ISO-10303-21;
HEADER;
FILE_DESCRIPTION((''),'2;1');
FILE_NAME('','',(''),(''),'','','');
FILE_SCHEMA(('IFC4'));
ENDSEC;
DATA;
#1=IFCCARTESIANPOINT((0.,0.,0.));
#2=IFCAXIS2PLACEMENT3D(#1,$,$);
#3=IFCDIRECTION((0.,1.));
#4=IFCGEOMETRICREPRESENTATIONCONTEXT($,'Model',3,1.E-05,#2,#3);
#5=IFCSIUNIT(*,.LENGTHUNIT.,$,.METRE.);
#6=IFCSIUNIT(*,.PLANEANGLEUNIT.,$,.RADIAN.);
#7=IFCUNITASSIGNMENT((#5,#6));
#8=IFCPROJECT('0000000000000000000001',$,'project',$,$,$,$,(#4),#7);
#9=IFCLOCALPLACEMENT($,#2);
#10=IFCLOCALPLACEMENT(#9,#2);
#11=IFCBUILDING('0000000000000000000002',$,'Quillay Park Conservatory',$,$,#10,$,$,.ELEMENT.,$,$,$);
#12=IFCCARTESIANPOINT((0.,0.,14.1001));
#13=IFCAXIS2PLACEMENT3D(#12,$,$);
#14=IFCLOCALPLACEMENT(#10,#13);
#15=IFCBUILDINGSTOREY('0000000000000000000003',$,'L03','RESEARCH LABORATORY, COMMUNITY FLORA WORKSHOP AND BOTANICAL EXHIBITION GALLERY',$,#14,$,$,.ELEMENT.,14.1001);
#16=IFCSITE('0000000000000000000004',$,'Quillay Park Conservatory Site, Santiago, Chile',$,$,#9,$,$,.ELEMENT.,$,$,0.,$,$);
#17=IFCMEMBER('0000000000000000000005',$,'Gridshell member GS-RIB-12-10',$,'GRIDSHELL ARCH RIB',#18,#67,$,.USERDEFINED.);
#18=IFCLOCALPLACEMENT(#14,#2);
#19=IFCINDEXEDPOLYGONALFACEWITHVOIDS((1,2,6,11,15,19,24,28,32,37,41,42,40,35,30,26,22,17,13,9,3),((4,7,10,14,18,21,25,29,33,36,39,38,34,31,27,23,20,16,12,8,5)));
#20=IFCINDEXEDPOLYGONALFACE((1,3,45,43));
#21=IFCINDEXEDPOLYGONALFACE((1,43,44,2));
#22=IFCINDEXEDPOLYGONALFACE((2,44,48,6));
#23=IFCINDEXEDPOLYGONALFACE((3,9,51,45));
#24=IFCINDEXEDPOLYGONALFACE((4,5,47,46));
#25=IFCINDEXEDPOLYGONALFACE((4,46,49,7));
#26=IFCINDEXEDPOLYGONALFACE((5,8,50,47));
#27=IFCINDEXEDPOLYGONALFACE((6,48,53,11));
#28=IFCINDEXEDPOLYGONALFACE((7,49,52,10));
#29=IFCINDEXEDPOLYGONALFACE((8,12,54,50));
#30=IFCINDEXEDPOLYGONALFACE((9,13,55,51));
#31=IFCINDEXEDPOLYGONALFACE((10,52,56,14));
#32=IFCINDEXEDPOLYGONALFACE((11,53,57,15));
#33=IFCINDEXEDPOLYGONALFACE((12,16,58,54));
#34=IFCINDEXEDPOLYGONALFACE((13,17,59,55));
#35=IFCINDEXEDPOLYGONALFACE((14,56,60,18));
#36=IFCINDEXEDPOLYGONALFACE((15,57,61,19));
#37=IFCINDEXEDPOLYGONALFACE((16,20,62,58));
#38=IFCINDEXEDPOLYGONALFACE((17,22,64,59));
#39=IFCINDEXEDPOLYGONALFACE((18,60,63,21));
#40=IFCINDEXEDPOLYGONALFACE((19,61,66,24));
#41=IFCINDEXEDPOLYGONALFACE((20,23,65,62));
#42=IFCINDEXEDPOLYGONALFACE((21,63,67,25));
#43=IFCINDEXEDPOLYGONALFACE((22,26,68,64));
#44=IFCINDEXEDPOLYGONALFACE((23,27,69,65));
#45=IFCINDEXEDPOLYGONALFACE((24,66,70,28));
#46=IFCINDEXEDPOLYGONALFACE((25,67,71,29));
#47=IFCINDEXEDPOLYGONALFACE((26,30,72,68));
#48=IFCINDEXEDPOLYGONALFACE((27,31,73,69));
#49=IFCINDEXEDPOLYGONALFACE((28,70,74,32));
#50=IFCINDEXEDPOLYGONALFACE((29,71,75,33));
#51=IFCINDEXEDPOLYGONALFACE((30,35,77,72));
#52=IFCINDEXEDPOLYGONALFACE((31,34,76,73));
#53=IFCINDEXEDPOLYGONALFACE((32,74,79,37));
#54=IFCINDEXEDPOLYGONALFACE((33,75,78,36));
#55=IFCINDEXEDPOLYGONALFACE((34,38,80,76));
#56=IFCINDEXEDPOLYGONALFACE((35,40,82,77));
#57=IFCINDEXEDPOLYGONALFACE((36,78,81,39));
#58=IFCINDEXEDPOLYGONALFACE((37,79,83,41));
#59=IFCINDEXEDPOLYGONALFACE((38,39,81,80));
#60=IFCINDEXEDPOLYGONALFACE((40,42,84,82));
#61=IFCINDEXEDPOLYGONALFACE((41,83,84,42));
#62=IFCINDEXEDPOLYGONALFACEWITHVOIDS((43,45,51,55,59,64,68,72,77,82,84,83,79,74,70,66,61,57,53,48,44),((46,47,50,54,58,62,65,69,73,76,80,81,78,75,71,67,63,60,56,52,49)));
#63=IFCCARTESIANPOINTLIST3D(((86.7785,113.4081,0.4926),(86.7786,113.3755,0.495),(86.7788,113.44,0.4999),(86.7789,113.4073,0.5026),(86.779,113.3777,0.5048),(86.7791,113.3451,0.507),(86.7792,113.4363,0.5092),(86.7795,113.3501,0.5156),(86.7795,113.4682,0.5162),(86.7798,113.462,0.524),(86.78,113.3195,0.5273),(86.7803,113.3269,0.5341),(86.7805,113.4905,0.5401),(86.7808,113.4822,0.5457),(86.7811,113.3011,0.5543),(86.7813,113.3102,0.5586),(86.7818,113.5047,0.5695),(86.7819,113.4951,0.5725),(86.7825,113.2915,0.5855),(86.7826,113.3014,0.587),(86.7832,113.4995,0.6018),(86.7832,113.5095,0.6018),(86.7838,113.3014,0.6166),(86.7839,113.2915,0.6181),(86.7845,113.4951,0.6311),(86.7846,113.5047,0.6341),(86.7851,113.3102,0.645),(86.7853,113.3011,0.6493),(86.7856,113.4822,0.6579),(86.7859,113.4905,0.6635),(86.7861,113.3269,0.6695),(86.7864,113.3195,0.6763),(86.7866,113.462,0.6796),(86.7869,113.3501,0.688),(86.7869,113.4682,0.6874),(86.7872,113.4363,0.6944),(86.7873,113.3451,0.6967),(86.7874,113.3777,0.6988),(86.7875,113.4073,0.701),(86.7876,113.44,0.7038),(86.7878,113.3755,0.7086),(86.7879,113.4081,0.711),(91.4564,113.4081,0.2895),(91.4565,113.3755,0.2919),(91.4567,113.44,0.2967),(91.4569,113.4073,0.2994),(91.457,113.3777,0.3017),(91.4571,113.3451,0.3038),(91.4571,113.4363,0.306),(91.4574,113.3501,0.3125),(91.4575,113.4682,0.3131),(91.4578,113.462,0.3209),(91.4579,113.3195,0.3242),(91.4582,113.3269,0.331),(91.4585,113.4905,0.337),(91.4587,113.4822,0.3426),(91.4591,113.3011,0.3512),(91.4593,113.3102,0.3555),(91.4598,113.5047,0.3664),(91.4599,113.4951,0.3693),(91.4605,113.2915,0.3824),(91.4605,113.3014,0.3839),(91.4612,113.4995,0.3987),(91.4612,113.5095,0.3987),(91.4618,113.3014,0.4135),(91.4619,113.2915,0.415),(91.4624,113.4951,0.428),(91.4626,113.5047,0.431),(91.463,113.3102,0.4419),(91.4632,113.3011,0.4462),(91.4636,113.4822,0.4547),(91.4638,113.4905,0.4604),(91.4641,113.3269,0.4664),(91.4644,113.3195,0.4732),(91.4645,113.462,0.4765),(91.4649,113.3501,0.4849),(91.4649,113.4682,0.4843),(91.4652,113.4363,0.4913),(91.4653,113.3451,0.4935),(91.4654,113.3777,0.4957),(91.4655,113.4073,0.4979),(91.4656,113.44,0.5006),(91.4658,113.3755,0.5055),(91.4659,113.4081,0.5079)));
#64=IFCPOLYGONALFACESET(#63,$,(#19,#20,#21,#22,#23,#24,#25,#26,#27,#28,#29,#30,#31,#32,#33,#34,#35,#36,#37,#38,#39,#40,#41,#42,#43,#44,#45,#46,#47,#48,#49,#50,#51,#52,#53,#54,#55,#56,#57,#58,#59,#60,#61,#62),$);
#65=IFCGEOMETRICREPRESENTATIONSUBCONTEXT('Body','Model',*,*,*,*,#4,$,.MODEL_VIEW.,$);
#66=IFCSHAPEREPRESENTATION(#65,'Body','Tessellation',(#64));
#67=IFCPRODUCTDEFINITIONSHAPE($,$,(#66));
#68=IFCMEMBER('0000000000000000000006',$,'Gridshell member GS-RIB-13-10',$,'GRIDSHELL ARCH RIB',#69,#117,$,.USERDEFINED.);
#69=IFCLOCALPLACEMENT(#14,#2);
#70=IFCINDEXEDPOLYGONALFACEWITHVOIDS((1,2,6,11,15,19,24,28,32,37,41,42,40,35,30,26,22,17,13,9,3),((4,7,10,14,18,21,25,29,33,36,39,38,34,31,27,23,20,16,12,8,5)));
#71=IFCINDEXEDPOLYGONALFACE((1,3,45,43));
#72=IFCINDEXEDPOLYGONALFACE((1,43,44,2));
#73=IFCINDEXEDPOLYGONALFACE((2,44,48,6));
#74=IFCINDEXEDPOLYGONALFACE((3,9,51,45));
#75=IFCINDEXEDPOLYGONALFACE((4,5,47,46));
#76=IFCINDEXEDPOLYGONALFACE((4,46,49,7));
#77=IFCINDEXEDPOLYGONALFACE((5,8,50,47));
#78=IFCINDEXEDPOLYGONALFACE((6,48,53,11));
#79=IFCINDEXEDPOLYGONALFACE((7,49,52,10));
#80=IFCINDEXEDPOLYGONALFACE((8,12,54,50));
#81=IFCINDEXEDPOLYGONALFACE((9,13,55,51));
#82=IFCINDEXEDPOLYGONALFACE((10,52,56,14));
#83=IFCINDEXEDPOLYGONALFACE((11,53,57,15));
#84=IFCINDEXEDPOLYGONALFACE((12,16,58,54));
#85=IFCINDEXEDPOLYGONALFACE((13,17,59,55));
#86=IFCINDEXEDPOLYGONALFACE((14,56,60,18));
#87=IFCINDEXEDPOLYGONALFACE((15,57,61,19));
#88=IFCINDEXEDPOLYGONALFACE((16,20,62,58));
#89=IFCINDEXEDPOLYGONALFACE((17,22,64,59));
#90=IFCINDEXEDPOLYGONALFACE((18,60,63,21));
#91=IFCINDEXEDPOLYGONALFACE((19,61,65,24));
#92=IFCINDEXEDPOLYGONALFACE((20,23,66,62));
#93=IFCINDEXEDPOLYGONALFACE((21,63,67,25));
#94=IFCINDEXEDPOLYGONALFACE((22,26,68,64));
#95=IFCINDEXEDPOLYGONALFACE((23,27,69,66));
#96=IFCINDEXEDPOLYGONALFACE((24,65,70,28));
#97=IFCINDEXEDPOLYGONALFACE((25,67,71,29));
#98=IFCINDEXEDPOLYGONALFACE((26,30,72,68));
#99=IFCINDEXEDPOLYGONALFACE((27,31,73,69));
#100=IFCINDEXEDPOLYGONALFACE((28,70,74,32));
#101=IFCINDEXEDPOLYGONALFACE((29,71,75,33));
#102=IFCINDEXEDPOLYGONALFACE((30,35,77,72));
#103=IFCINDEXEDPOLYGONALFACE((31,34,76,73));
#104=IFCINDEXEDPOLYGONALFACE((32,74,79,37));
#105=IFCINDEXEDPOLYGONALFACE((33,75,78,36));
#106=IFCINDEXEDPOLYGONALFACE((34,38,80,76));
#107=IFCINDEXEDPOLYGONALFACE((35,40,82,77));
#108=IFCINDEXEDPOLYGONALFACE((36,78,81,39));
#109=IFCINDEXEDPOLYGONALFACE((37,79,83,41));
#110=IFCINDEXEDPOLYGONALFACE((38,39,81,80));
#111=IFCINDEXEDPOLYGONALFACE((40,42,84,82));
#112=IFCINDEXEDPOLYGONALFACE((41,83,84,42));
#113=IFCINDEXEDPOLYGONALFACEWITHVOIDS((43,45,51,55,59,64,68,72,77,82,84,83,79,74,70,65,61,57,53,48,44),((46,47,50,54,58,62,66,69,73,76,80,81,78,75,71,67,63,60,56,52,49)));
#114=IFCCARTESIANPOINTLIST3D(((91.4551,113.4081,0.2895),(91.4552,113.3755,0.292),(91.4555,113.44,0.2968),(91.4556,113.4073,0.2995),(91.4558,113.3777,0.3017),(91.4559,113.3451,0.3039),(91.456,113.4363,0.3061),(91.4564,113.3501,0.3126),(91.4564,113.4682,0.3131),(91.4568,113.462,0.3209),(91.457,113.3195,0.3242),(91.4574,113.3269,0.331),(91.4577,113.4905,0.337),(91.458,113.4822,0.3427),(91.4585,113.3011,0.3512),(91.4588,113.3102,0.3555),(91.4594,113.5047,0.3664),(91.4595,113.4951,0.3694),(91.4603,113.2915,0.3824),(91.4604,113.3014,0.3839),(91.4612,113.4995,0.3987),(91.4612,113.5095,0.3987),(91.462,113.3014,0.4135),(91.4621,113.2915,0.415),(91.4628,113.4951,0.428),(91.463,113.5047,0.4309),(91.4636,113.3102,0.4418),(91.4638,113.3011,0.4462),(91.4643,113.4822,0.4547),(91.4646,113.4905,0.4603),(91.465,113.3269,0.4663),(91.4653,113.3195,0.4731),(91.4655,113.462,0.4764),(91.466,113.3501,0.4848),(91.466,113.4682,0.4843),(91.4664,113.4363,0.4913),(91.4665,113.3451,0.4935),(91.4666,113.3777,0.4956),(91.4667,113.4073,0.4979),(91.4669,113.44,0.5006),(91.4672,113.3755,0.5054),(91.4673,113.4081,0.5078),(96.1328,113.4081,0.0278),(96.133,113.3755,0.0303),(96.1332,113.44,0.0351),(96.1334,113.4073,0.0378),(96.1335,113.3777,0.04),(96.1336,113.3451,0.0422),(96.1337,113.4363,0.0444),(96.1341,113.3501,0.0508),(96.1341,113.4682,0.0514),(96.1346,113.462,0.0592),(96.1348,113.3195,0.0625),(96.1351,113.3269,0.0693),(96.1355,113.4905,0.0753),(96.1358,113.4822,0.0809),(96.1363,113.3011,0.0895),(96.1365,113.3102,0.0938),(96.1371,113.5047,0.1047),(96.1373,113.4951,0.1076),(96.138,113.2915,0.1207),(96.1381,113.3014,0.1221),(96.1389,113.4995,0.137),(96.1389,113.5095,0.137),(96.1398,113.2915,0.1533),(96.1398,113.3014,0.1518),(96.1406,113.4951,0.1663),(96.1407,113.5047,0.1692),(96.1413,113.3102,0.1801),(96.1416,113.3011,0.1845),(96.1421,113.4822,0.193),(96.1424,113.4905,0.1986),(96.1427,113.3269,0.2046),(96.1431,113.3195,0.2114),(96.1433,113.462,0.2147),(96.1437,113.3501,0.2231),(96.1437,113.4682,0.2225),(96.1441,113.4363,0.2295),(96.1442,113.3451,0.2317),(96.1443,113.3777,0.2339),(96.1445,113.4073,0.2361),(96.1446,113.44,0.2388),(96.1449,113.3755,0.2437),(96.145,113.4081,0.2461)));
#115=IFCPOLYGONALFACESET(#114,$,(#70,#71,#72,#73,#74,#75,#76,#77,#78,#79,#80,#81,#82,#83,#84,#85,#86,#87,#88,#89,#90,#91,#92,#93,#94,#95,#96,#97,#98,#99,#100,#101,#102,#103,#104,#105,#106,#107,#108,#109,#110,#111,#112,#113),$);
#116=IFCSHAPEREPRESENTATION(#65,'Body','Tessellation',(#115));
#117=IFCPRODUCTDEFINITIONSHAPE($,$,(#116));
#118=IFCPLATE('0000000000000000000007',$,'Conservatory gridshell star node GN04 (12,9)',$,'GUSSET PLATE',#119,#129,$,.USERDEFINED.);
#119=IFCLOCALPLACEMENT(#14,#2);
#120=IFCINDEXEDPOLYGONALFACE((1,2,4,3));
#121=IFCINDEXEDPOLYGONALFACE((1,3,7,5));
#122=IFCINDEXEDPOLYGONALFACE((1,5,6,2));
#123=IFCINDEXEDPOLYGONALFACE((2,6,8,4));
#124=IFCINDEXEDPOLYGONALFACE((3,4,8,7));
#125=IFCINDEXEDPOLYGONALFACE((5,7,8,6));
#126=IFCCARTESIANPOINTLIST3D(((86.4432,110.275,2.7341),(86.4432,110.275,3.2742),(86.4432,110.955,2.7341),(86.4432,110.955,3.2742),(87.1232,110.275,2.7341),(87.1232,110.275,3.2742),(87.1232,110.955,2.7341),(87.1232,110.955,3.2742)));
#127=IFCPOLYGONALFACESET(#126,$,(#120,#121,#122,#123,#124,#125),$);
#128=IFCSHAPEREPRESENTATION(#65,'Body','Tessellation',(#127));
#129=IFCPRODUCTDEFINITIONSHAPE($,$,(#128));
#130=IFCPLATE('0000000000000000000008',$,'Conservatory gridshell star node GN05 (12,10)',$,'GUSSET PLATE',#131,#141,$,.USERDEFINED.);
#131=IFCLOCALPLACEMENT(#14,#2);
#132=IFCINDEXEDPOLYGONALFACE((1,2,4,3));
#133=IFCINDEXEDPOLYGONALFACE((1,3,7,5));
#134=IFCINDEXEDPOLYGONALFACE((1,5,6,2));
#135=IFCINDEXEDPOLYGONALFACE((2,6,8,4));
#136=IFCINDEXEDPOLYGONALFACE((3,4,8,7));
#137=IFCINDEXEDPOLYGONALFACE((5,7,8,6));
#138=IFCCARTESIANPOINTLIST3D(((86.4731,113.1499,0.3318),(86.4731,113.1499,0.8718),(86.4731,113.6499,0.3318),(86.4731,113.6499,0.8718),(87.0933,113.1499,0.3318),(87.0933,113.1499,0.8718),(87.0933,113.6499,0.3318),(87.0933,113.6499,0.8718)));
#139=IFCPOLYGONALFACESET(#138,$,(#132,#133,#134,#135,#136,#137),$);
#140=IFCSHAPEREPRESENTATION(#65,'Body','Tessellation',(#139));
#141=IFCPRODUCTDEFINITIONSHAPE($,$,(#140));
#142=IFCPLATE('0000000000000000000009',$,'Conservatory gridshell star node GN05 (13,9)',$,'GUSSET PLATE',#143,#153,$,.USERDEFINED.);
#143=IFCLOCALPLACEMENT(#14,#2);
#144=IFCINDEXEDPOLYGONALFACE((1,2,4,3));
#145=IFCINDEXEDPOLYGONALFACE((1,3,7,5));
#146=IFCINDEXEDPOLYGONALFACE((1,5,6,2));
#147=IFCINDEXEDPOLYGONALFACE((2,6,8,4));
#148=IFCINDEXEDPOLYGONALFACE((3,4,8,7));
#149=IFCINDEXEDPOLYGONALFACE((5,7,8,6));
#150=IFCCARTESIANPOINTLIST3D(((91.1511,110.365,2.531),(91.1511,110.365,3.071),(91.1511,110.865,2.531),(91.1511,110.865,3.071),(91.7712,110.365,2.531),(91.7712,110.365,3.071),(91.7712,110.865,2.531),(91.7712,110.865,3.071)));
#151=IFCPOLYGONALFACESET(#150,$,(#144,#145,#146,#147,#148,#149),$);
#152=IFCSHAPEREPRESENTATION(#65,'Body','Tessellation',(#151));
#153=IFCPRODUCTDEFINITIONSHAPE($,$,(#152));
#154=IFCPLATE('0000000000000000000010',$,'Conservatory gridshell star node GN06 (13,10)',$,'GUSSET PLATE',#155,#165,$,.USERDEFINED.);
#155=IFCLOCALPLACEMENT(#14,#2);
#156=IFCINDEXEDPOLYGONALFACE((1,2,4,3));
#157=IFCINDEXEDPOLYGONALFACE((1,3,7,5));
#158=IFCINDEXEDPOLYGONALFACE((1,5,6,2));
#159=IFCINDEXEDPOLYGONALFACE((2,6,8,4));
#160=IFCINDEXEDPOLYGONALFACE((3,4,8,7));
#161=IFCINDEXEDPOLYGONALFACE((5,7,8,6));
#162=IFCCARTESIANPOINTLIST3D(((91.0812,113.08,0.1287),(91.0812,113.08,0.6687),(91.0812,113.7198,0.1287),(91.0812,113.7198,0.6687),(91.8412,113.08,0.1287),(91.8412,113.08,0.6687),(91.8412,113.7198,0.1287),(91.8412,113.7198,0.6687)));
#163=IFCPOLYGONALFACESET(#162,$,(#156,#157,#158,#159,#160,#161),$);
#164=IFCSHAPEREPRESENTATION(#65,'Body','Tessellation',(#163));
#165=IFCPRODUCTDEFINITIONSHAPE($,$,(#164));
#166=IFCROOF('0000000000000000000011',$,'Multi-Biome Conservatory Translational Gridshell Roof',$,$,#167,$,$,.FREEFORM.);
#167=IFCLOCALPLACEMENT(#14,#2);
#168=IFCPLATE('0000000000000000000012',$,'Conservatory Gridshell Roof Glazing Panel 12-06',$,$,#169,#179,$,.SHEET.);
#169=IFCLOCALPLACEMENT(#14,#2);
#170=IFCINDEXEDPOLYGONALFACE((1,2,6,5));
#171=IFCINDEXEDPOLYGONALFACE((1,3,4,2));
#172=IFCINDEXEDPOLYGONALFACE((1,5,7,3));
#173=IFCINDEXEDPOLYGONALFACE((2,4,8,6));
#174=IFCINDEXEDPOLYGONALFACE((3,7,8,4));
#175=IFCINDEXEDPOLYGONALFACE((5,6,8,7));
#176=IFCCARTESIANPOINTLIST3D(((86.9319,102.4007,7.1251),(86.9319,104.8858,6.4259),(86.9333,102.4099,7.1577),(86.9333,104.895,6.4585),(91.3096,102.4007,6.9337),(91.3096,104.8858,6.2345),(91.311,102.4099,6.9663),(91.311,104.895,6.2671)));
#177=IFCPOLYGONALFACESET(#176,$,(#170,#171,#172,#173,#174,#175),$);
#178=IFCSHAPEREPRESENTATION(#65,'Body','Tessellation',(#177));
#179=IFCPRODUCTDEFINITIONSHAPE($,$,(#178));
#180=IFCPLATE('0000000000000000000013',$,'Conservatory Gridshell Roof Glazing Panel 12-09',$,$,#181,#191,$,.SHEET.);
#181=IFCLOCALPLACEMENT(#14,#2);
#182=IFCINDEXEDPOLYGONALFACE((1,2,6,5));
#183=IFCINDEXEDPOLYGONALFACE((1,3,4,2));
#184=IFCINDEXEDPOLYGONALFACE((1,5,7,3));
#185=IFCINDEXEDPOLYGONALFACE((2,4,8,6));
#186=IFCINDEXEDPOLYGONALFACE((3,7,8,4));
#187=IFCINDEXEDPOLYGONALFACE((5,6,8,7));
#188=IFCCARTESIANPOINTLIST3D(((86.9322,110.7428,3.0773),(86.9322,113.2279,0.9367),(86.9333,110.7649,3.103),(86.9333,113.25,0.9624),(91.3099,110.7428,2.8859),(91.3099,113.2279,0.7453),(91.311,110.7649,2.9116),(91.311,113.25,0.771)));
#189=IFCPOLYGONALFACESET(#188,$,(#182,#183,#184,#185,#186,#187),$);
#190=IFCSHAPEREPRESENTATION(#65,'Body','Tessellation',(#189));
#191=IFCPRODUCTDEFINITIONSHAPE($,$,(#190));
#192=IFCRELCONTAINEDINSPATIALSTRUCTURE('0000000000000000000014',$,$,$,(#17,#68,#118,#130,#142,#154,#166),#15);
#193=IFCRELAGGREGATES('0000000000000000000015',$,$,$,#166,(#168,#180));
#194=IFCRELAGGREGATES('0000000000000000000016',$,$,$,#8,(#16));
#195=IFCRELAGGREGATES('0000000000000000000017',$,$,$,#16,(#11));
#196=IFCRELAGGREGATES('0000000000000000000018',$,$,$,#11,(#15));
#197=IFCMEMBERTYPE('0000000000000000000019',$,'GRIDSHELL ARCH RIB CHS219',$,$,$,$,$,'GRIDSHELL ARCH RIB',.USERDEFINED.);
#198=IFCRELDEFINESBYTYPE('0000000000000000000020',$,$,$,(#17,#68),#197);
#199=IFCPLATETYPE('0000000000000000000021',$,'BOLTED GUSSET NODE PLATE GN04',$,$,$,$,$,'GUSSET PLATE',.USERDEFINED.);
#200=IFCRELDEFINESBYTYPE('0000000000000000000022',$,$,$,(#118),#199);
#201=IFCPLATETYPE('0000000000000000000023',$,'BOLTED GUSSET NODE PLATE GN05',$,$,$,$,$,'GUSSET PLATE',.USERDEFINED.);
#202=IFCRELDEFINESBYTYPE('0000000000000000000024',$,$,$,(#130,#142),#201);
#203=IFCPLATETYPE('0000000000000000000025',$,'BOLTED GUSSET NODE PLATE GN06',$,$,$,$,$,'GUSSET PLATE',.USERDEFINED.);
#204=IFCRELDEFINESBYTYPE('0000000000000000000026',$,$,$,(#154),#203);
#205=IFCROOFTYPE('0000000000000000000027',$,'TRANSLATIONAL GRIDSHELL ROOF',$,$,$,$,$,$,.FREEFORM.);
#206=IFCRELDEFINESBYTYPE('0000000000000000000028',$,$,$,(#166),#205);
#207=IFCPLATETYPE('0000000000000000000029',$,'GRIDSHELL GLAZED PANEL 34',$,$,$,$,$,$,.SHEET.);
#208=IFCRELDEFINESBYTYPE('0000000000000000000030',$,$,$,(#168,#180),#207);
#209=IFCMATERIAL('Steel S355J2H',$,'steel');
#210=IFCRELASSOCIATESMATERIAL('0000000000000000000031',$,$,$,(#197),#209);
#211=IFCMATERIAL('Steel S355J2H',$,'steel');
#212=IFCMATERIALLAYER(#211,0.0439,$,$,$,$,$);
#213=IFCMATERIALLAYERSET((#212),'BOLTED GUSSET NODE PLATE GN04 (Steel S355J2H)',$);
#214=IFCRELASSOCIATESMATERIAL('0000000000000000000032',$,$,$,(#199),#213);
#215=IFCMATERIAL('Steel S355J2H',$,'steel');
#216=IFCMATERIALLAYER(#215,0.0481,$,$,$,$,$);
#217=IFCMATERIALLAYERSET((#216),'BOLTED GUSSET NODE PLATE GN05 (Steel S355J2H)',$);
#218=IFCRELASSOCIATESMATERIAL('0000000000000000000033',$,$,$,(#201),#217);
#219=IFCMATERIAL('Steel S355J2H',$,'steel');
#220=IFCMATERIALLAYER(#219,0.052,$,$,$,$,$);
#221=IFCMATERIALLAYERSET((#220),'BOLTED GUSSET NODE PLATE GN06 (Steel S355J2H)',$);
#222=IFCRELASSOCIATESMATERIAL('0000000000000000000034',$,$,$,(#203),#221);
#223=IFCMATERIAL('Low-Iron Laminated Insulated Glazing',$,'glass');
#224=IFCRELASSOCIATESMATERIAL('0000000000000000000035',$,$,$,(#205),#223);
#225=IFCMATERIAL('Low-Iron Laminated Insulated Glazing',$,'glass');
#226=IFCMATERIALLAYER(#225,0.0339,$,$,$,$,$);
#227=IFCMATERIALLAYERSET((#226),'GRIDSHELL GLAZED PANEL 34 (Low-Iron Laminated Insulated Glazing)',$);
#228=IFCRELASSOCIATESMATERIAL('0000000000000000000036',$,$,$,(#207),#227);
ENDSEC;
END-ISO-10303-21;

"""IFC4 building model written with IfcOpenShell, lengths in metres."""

from ifc_helpers import new_model, si_unit, direction, frame, origin, origin_2d, place, context, subcontext, project, spatial, polyline, rectangle, hollow_circle, outline, extrude, material, layer, layer_set, material_profile, profile_set, type_object, element, aggregate, save


model = new_model("IFC4")

# Units and contexts
model_context = context("Model", 3, precision=1e-05, world=origin(), true_north=direction((0.0, 1.0)))
body_context = subcontext(model_context, "Body", "Model", "MODEL_VIEW")
ifc_project = project(units=[si_unit("LENGTHUNIT", "METRE"), si_unit("PLANEANGLEUNIT", "RADIAN")], contexts=[model_context])

# Site, building, storey
site_placement = place(None, origin())
site = spatial("IfcSite", under=ifc_project, at=site_placement, Name="Quillay Park Conservatory Site, Santiago, Chile", CompositionType="ELEMENT", RefElevation=0.0)
building_placement = place(site_placement, origin())
building = spatial("IfcBuilding", under=site, at=building_placement, Name="Quillay Park Conservatory", CompositionType="ELEMENT")
storey_placement = place(building_placement, frame((0.0, 0.0, 14.1001)))
storey = spatial("IfcBuildingStorey", under=building, at=storey_placement, Name="L03", Description="RESEARCH LABORATORY, COMMUNITY FLORA WORKSHOP AND BOTANICAL EXHIBITION GALLERY", CompositionType="ELEMENT", Elevation=14.1001)

# Members
ifc_material_1 = material(Name="Steel S355J2H", Category="steel")
ifc_material_profile_1 = material_profile(ifc_material_1, hollow_circle(Radius=0.1096, WallThickness=0.01, at=origin_2d()), Name="CHS219.1x10")
ifc_profile_set_1 = profile_set([ifc_material_profile_1], Name="Steel S355J2H")
member_type = type_object("IfcMemberType", Name="GRIDSHELL ARCH RIB CHS219", ElementType="GRIDSHELL ARCH RIB", PredefinedType="USERDEFINED", material=ifc_profile_set_1)
member_1_placement = place(storey_placement, frame((86.7832, 113.3999, 0.6018), z_axis=(0.999059, 0.0, -0.043381), x_axis=(0.0, 1.0, 0.0)))
element("IfcMember", 1, at=member_1_placement, inside=storey, type_object=member_type, Name="Gridshell member GS-RIB-12-10", ObjectType="GRIDSHELL ARCH RIB", PredefinedType="USERDEFINED", context=body_context, shape_type="SweptSolid", body=[
    extrude(hollow_circle(Radius=0.1096, WallThickness=0.01, at=origin_2d()), origin(), (0.0, 0.0, 1.0), 4.6824),
])
member_2_placement = place(storey_placement, frame((91.4612, 113.3999, 0.3987), z_axis=(0.998438, 0.0, -0.055863), x_axis=(0.0, 1.0, 0.0)))
element("IfcMember", 2, at=member_2_placement, inside=storey, type_object=member_type, Name="Gridshell member GS-RIB-13-10", ObjectType="GRIDSHELL ARCH RIB", PredefinedType="USERDEFINED", context=body_context, shape_type="SweptSolid", body=[
    extrude(hollow_circle(Radius=0.1096, WallThickness=0.01, at=origin_2d()), origin(), (0.0, 0.0, 1.0), 4.6851),
])

# Plates
ifc_material_2 = material(Name="Steel S355J2H", Category="steel")
ifc_layer_1 = layer(ifc_material_2, 0.0439)
ifc_layer_set_1 = layer_set([ifc_layer_1], Name="BOLTED GUSSET NODE PLATE GN04 (Steel S355J2H)")
plate_type_1 = type_object("IfcPlateType", Name="BOLTED GUSSET NODE PLATE GN04", ElementType="GUSSET PLATE", PredefinedType="USERDEFINED", material=ifc_layer_set_1)
plate_1_placement = place(storey_placement, frame((86.7832, 110.615, 2.7341), z_axis=(0.0, 0.0, 1.0), x_axis=(1.0, 0.0, 0.0)))
element("IfcPlate", 3, at=plate_1_placement, inside=storey, type_object=plate_type_1, Name="Conservatory gridshell star node GN04 (12,9)", ObjectType="GUSSET PLATE", PredefinedType="USERDEFINED", context=body_context, shape_type="SweptSolid", body=[
    extrude(rectangle(XDim=0.6799, YDim=0.6799, at=origin_2d()), origin(), (0.0, 0.0, 1.0), 0.54),
])
ifc_material_3 = material(Name="Steel S355J2H", Category="steel")
ifc_layer_2 = layer(ifc_material_3, 0.0481)
ifc_layer_set_2 = layer_set([ifc_layer_2], Name="BOLTED GUSSET NODE PLATE GN05 (Steel S355J2H)")
plate_type_2 = type_object("IfcPlateType", Name="BOLTED GUSSET NODE PLATE GN05", ElementType="GUSSET PLATE", PredefinedType="USERDEFINED", material=ifc_layer_set_2)
for number, where, z_axis, x_axis, name in (
    (4, (86.7832, 113.3999, 0.3318), (0.0, 0.0, 1.0), (1.0, 0.0, 0.0), "Conservatory gridshell star node GN05 (12,10)"),
    (5, (91.4612, 110.615, 2.531), (0.0, 0.0, 1.0), (1.0, 0.0, 0.0), "Conservatory gridshell star node GN05 (13,9)"),
):
    element("IfcPlate", number, at=place(storey_placement, frame(where, z_axis=z_axis, x_axis=x_axis)), inside=storey, type_object=plate_type_2, Name=name, ObjectType="GUSSET PLATE", PredefinedType="USERDEFINED", context=body_context, shape_type="SweptSolid", body=[
        extrude(rectangle(XDim=0.6201, YDim=0.5, at=origin_2d()), origin(), (0.0, 0.0, 1.0), 0.54),
    ])
ifc_material_4 = material(Name="Steel S355J2H", Category="steel")
ifc_layer_3 = layer(ifc_material_4, 0.052)
ifc_layer_set_3 = layer_set([ifc_layer_3], Name="BOLTED GUSSET NODE PLATE GN06 (Steel S355J2H)")
plate_type_3 = type_object("IfcPlateType", Name="BOLTED GUSSET NODE PLATE GN06", ElementType="GUSSET PLATE", PredefinedType="USERDEFINED", material=ifc_layer_set_3)
plate_2_placement = place(storey_placement, frame((91.4612, 113.3999, 0.1287), z_axis=(0.0, 0.0, 1.0), x_axis=(1.0, 0.0, 0.0)))
element("IfcPlate", 6, at=plate_2_placement, inside=storey, type_object=plate_type_3, Name="Conservatory gridshell star node GN06 (13,10)", ObjectType="GUSSET PLATE", PredefinedType="USERDEFINED", context=body_context, shape_type="SweptSolid", body=[
    extrude(rectangle(XDim=0.76, YDim=0.6399, at=origin_2d()), origin(), (0.0, 0.0, 1.0), 0.54),
])

# Roof, plates
ifc_material_5 = material(Name="Low-Iron Laminated Insulated Glazing", Category="glass")
roof_type = type_object("IfcRoofType", Name="TRANSLATIONAL GRIDSHELL ROOF", PredefinedType="FREEFORM", material=ifc_material_5)
roof_placement = place(storey_placement, origin())
roof = element("IfcRoof", 7, at=roof_placement, inside=storey, type_object=roof_type, Name="Multi-Biome Conservatory Translational Gridshell Roof", PredefinedType="FREEFORM")
ifc_material_6 = material(Name="Low-Iron Laminated Insulated Glazing", Category="glass")
ifc_layer_4 = layer(ifc_material_6, 0.0339)
ifc_layer_set_4 = layer_set([ifc_layer_4], Name="GRIDSHELL GLAZED PANEL 34 (Low-Iron Laminated Insulated Glazing)")
plate_type_4 = type_object("IfcPlateType", Name="GRIDSHELL GLAZED PANEL 34", PredefinedType="SHEET", material=ifc_layer_set_4)
plate_3_placement = place(storey_placement, frame((86.9333, 102.4099, 7.1577), z_axis=(0.042052, 0.270607, 0.961771), x_axis=(0.999046, 0.0, -0.043681)))
plate_3 = element("IfcPlate", 8, at=plate_3_placement, type_object=plate_type_4, Name="Conservatory Gridshell Roof Glazing Panel 12-06", PredefinedType="SHEET", context=body_context, shape_type="SweptSolid", body=[
    extrude(outline(polyline([(0.0, 0.0), (4.3819, 0.0), (4.4124, 2.5814), (0.0305, 2.5814), (0.0, 0.0)])), origin(), (0.0, 0.0, -1.0), 0.0339),
])
plate_4_placement = place(storey_placement, frame((86.9333, 110.7649, 3.103), z_axis=(0.033109, 0.652283, 0.757252), x_axis=(0.999046, 0.0, -0.043681)))
plate_4 = element("IfcPlate", 9, at=plate_4_placement, type_object=plate_type_4, Name="Conservatory Gridshell Roof Glazing Panel 12-09", PredefinedType="SHEET", context=body_context, shape_type="SweptSolid", body=[
    extrude(outline(polyline([(0.0, 0.0), (4.3819, 0.0), (4.4754, 3.2786), (0.0935, 3.2786), (0.0, 0.0)])), origin(), (0.0, 0.0, -1.0), 0.0339),
])
aggregate(roof, [plate_3, plate_4])

save(model, "model.ifc")
